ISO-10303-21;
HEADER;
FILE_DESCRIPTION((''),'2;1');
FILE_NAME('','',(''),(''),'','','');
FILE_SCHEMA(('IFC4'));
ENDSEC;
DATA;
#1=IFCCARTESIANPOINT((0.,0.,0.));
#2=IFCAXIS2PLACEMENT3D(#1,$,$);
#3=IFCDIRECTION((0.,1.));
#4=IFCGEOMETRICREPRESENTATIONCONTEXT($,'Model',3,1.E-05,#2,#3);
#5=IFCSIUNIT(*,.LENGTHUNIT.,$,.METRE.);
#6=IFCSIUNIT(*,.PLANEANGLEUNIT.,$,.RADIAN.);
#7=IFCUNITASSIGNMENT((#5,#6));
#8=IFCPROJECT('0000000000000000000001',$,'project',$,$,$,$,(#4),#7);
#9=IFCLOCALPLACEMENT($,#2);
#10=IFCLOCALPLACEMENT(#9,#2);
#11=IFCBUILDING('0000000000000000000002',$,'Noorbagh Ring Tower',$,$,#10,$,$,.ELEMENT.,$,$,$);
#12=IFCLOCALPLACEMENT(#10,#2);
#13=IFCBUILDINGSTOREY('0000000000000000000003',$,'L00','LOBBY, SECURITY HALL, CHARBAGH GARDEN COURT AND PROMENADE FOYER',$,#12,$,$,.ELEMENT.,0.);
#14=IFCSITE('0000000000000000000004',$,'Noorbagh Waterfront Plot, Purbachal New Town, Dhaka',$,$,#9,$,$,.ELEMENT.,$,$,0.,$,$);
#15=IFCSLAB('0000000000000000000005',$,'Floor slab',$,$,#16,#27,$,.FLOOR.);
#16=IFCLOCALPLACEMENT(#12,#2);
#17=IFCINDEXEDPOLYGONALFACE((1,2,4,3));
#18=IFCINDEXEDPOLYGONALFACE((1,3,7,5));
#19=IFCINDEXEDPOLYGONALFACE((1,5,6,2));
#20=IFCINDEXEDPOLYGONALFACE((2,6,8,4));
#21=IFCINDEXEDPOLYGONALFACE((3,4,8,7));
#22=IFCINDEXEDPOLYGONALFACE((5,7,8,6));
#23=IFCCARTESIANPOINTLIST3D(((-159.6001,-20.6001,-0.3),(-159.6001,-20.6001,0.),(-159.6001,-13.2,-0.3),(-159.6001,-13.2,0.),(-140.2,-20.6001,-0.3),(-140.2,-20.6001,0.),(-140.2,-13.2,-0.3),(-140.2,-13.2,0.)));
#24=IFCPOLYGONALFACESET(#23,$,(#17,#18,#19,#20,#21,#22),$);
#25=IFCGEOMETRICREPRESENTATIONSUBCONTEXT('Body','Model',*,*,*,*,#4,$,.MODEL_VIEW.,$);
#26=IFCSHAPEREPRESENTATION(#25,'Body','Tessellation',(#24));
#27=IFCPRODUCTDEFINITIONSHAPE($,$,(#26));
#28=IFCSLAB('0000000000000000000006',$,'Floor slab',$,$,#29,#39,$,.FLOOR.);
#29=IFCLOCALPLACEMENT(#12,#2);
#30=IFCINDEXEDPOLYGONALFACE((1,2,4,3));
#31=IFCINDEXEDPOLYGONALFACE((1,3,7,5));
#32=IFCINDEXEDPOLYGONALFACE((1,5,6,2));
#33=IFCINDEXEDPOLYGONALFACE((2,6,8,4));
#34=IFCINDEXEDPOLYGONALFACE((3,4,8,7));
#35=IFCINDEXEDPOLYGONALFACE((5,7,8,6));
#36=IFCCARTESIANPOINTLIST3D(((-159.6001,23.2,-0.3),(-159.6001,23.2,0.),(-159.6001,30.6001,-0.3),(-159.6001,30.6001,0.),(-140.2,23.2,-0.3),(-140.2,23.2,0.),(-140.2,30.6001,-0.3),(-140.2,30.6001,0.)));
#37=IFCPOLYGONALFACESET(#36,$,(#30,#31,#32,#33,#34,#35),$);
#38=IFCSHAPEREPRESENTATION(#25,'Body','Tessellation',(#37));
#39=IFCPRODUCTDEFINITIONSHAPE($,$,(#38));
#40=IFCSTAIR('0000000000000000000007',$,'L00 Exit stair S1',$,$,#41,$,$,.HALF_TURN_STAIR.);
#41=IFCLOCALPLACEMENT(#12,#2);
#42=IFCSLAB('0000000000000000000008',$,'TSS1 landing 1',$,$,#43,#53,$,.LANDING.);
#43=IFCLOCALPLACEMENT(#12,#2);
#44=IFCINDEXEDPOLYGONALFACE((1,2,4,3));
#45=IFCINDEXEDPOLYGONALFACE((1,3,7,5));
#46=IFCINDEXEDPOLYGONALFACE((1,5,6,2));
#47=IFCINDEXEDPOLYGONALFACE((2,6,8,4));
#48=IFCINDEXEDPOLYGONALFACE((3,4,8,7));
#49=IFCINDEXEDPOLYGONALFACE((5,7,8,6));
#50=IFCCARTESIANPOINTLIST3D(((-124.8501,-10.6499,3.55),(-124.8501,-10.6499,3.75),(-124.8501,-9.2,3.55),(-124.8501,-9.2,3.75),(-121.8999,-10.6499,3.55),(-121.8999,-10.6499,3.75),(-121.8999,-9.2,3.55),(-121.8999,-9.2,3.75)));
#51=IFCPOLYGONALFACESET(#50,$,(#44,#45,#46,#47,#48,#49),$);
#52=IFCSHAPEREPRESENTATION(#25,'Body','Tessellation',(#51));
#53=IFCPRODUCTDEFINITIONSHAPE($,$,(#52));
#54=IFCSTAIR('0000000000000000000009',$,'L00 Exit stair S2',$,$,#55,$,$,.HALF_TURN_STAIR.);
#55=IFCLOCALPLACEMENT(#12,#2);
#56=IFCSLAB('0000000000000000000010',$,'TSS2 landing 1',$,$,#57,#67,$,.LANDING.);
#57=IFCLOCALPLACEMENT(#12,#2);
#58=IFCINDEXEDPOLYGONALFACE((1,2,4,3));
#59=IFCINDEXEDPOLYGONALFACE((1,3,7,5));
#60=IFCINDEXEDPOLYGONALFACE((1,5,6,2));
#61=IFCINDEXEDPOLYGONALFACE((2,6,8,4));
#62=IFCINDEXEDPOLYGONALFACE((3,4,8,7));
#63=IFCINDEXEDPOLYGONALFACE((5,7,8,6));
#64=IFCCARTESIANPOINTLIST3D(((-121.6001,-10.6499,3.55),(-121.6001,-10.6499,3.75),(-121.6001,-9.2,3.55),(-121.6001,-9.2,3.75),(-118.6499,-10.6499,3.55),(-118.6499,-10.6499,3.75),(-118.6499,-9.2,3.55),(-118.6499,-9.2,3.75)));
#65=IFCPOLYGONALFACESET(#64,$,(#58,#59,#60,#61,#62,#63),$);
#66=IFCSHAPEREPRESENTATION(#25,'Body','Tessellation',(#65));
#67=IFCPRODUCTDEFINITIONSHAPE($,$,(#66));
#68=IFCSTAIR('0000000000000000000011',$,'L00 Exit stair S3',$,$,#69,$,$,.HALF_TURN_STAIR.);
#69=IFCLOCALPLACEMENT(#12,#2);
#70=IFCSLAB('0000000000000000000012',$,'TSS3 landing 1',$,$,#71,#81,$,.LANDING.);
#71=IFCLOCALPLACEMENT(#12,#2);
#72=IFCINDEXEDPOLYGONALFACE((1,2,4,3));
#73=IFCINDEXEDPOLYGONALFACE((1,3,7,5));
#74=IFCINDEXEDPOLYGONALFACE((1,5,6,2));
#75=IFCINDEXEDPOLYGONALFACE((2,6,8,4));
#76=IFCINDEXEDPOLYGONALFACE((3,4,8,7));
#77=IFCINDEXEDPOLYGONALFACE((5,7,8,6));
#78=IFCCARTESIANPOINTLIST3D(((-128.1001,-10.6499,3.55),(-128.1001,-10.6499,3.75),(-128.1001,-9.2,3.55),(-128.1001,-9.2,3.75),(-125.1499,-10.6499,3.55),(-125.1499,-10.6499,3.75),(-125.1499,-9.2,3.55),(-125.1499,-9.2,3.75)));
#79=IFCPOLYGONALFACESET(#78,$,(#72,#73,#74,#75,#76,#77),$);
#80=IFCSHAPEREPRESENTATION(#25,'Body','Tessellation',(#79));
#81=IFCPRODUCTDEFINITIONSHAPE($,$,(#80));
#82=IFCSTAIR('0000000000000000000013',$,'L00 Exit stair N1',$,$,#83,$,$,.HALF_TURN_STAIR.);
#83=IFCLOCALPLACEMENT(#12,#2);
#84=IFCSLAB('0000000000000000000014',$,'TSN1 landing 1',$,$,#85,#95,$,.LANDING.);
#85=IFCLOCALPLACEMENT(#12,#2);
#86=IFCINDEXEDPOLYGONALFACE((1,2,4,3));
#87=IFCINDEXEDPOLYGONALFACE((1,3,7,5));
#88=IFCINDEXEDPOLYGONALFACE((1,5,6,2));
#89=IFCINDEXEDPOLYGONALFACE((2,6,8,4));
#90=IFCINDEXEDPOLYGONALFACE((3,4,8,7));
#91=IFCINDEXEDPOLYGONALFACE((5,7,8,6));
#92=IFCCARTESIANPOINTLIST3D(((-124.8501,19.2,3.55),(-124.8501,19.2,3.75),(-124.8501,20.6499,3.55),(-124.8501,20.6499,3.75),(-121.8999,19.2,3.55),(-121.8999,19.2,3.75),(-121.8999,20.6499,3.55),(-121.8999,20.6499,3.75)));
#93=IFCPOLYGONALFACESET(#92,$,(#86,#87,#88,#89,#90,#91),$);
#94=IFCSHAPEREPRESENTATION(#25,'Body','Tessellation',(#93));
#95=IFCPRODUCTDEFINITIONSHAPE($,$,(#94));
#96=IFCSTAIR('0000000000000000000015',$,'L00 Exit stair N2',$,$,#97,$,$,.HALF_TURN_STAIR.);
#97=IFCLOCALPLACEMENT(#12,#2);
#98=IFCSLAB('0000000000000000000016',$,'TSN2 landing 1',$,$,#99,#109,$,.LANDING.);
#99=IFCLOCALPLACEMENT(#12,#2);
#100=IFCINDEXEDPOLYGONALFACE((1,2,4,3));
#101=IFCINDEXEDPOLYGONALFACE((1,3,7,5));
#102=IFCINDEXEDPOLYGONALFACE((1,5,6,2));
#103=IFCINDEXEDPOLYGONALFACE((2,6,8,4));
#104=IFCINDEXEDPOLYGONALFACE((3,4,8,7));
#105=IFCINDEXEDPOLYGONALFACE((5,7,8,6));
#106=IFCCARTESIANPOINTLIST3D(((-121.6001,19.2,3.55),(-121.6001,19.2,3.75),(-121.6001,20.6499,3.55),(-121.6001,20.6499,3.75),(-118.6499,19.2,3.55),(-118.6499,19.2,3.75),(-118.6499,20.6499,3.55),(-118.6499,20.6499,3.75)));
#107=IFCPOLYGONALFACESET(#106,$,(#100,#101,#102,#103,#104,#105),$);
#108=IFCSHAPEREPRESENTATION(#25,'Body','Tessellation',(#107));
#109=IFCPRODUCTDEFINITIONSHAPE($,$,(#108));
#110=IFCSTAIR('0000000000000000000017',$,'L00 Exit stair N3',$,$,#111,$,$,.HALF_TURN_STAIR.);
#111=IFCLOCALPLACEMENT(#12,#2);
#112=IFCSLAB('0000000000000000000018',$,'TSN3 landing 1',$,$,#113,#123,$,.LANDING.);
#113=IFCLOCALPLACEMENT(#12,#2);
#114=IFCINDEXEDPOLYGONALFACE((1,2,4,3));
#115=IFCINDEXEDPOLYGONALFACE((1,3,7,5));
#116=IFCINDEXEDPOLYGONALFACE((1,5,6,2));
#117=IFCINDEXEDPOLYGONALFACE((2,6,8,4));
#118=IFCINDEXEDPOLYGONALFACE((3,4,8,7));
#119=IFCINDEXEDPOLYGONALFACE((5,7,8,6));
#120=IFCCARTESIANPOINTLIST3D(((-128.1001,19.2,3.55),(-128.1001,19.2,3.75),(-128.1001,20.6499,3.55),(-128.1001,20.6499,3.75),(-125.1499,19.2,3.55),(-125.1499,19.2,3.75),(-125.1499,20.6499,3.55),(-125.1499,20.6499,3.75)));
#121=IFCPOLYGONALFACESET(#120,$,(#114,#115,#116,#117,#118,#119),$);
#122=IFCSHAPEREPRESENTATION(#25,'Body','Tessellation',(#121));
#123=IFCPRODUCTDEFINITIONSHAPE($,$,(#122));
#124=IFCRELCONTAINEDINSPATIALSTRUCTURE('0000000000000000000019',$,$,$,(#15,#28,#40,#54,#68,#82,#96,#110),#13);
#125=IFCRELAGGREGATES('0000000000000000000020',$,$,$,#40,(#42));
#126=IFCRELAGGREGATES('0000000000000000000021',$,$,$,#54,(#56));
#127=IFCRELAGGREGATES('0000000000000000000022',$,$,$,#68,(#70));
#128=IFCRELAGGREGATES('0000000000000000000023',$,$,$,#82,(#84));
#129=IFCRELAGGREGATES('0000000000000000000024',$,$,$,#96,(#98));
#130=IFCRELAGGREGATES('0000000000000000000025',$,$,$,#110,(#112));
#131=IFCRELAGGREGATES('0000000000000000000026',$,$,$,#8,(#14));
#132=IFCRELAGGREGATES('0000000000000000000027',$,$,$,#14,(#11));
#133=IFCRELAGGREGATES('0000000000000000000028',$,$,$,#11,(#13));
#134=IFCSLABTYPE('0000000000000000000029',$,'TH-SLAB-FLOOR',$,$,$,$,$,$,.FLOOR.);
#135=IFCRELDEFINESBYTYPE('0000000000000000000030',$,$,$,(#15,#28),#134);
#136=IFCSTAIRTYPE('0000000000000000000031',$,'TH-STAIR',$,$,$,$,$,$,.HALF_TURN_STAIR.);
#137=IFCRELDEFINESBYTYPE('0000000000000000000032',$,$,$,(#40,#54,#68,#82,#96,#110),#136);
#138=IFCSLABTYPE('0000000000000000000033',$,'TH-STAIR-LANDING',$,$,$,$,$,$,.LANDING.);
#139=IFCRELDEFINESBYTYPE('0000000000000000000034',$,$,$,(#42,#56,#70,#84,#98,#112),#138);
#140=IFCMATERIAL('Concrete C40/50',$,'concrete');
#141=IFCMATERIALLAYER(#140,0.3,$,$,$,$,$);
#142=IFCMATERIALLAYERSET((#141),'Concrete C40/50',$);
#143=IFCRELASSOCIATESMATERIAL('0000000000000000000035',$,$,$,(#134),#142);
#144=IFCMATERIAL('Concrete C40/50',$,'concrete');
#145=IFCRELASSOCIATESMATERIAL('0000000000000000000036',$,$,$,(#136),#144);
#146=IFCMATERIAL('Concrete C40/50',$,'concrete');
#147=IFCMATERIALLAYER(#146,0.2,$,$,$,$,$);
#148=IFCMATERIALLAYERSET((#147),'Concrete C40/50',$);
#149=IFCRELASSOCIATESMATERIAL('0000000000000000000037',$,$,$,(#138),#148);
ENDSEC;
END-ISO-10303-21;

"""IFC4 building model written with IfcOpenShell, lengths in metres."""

from ifc_helpers import new_model, si_unit, direction, frame, origin, place, context, subcontext, project, spatial, polyline, outline, extrude, material, layer, layer_set, type_object, element, aggregate, save


model = new_model("IFC4")

# Units and contexts
model_context = context("Model", 3, precision=1e-05, world=origin(), true_north=direction((0.0, 1.0)))
body_context = subcontext(model_context, "Body", "Model", "MODEL_VIEW")
ifc_project = project(units=[si_unit("LENGTHUNIT", "METRE"), si_unit("PLANEANGLEUNIT", "RADIAN")], contexts=[model_context])

# Site, building, storey
site_placement = place(None, origin())
site = spatial("IfcSite", under=ifc_project, at=site_placement, Name="Noorbagh Waterfront Plot, Purbachal New Town, Dhaka", CompositionType="ELEMENT", RefElevation=0.0)
building_placement = place(site_placement, origin())
building = spatial("IfcBuilding", under=site, at=building_placement, Name="Noorbagh Ring Tower", CompositionType="ELEMENT")
storey_placement = place(building_placement, origin())
storey = spatial("IfcBuildingStorey", under=building, at=storey_placement, Name="L00", Description="LOBBY, SECURITY HALL, CHARBAGH GARDEN COURT AND PROMENADE FOYER", CompositionType="ELEMENT", Elevation=0.0)

# Slabs
ifc_material_1 = material(Name="Concrete C40/50", Category="concrete")
ifc_layer_1 = layer(ifc_material_1, 0.3)
ifc_layer_set_1 = layer_set([ifc_layer_1], Name="Concrete C40/50")
slab_type_1 = type_object("IfcSlabType", Name="TH-SLAB-FLOOR", PredefinedType="FLOOR", material=ifc_layer_set_1)
slab_1_placement = place(storey_placement, frame((0.0, 0.0, -0.3)))
element("IfcSlab", 1, at=slab_1_placement, inside=storey, type_object=slab_type_1, Name="Floor slab", PredefinedType="FLOOR", context=body_context, shape_type="SweptSolid", body=[
    extrude(outline(polyline([(-140.2, -20.6001), (-140.2, -13.2), (-159.6001, -13.2), (-159.6001, -20.6001), (-140.2, -20.6001)])), origin(), (0.0, 0.0, 1.0), 0.3),
])
slab_2_placement = place(storey_placement, frame((0.0, 0.0, -0.3)))
element("IfcSlab", 2, at=slab_2_placement, inside=storey, type_object=slab_type_1, Name="Floor slab", PredefinedType="FLOOR", context=body_context, shape_type="SweptSolid", body=[
    extrude(outline(polyline([(-159.6001, 30.6001), (-159.6001, 23.2), (-140.2, 23.2), (-140.2, 30.6001), (-159.6001, 30.6001)])), origin(), (0.0, 0.0, 1.0), 0.3),
])

# Stairs, slabs
ifc_material_2 = material(Name="Concrete C40/50", Category="concrete")
stair_type = type_object("IfcStairType", Name="TH-STAIR", PredefinedType="HALF_TURN_STAIR", material=ifc_material_2)
stair_1_placement = place(storey_placement, origin())
stair_1 = element("IfcStair", 3, at=stair_1_placement, inside=storey, type_object=stair_type, Name="L00 Exit stair S1", PredefinedType="HALF_TURN_STAIR")
ifc_material_3 = material(Name="Concrete C40/50", Category="concrete")
ifc_layer_2 = layer(ifc_material_3, 0.2)
ifc_layer_set_2 = layer_set([ifc_layer_2], Name="Concrete C40/50")
slab_type_2 = type_object("IfcSlabType", Name="TH-STAIR-LANDING", PredefinedType="LANDING", material=ifc_layer_set_2)
slab_3_placement = place(storey_placement, frame((0.0, 0.0, 3.55)))
slab_3 = element("IfcSlab", 4, at=slab_3_placement, type_object=slab_type_2, Name="TSS1 landing 1", PredefinedType="LANDING", context=body_context, shape_type="SweptSolid", body=[
    extrude(outline(polyline([(-121.8999, -10.6499), (-121.8999, -9.2), (-124.8501, -9.2), (-124.8501, -10.6499), (-121.8999, -10.6499)])), origin(), (0.0, 0.0, 1.0), 0.2),
])
aggregate(stair_1, [slab_3])
stair_2_placement = place(storey_placement, origin())
stair_2 = element("IfcStair", 5, at=stair_2_placement, inside=storey, type_object=stair_type, Name="L00 Exit stair S2", PredefinedType="HALF_TURN_STAIR")
slab_4_placement = place(storey_placement, frame((0.0, 0.0, 3.55)))
slab_4 = element("IfcSlab", 6, at=slab_4_placement, type_object=slab_type_2, Name="TSS2 landing 1", PredefinedType="LANDING", context=body_context, shape_type="SweptSolid", body=[
    extrude(outline(polyline([(-118.6499, -10.6499), (-118.6499, -9.2), (-121.6001, -9.2), (-121.6001, -10.6499), (-118.6499, -10.6499)])), origin(), (0.0, 0.0, 1.0), 0.2),
])
aggregate(stair_2, [slab_4])
stair_3_placement = place(storey_placement, origin())
stair_3 = element("IfcStair", 7, at=stair_3_placement, inside=storey, type_object=stair_type, Name="L00 Exit stair S3", PredefinedType="HALF_TURN_STAIR")
slab_5_placement = place(storey_placement, frame((0.0, 0.0, 3.55)))
slab_5 = element("IfcSlab", 8, at=slab_5_placement, type_object=slab_type_2, Name="TSS3 landing 1", PredefinedType="LANDING", context=body_context, shape_type="SweptSolid", body=[
    extrude(outline(polyline([(-125.1499, -10.6499), (-125.1499, -9.2), (-128.1001, -9.2), (-128.1001, -10.6499), (-125.1499, -10.6499)])), origin(), (0.0, 0.0, 1.0), 0.2),
])
aggregate(stair_3, [slab_5])
stair_4_placement = place(storey_placement, origin())
stair_4 = element("IfcStair", 9, at=stair_4_placement, inside=storey, type_object=stair_type, Name="L00 Exit stair N1", PredefinedType="HALF_TURN_STAIR")
slab_6_placement = place(storey_placement, frame((0.0, 0.0, 3.55)))
slab_6 = element("IfcSlab", 10, at=slab_6_placement, type_object=slab_type_2, Name="TSN1 landing 1", PredefinedType="LANDING", context=body_context, shape_type="SweptSolid", body=[
    extrude(outline(polyline([(-124.8501, 20.6499), (-124.8501, 19.2), (-121.8999, 19.2), (-121.8999, 20.6499), (-124.8501, 20.6499)])), origin(), (0.0, 0.0, 1.0), 0.2),
])
aggregate(stair_4, [slab_6])
stair_5_placement = place(storey_placement, origin())
stair_5 = element("IfcStair", 11, at=stair_5_placement, inside=storey, type_object=stair_type, Name="L00 Exit stair N2", PredefinedType="HALF_TURN_STAIR")
slab_7_placement = place(storey_placement, frame((0.0, 0.0, 3.55)))
slab_7 = element("IfcSlab", 12, at=slab_7_placement, type_object=slab_type_2, Name="TSN2 landing 1", PredefinedType="LANDING", context=body_context, shape_type="SweptSolid", body=[
    extrude(outline(polyline([(-121.6001, 20.6499), (-121.6001, 19.2), (-118.6499, 19.2), (-118.6499, 20.6499), (-121.6001, 20.6499)])), origin(), (0.0, 0.0, 1.0), 0.2),
])
aggregate(stair_5, [slab_7])
stair_6_placement = place(storey_placement, origin())
stair_6 = element("IfcStair", 13, at=stair_6_placement, inside=storey, type_object=stair_type, Name="L00 Exit stair N3", PredefinedType="HALF_TURN_STAIR")
slab_8_placement = place(storey_placement, frame((0.0, 0.0, 3.55)))
slab_8 = element("IfcSlab", 14, at=slab_8_placement, type_object=slab_type_2, Name="TSN3 landing 1", PredefinedType="LANDING", context=body_context, shape_type="SweptSolid", body=[
    extrude(outline(polyline([(-128.1001, 20.6499), (-128.1001, 19.2), (-125.1499, 19.2), (-125.1499, 20.6499), (-128.1001, 20.6499)])), origin(), (0.0, 0.0, 1.0), 0.2),
])
aggregate(stair_6, [slab_8])

save(model, "model.ifc")
